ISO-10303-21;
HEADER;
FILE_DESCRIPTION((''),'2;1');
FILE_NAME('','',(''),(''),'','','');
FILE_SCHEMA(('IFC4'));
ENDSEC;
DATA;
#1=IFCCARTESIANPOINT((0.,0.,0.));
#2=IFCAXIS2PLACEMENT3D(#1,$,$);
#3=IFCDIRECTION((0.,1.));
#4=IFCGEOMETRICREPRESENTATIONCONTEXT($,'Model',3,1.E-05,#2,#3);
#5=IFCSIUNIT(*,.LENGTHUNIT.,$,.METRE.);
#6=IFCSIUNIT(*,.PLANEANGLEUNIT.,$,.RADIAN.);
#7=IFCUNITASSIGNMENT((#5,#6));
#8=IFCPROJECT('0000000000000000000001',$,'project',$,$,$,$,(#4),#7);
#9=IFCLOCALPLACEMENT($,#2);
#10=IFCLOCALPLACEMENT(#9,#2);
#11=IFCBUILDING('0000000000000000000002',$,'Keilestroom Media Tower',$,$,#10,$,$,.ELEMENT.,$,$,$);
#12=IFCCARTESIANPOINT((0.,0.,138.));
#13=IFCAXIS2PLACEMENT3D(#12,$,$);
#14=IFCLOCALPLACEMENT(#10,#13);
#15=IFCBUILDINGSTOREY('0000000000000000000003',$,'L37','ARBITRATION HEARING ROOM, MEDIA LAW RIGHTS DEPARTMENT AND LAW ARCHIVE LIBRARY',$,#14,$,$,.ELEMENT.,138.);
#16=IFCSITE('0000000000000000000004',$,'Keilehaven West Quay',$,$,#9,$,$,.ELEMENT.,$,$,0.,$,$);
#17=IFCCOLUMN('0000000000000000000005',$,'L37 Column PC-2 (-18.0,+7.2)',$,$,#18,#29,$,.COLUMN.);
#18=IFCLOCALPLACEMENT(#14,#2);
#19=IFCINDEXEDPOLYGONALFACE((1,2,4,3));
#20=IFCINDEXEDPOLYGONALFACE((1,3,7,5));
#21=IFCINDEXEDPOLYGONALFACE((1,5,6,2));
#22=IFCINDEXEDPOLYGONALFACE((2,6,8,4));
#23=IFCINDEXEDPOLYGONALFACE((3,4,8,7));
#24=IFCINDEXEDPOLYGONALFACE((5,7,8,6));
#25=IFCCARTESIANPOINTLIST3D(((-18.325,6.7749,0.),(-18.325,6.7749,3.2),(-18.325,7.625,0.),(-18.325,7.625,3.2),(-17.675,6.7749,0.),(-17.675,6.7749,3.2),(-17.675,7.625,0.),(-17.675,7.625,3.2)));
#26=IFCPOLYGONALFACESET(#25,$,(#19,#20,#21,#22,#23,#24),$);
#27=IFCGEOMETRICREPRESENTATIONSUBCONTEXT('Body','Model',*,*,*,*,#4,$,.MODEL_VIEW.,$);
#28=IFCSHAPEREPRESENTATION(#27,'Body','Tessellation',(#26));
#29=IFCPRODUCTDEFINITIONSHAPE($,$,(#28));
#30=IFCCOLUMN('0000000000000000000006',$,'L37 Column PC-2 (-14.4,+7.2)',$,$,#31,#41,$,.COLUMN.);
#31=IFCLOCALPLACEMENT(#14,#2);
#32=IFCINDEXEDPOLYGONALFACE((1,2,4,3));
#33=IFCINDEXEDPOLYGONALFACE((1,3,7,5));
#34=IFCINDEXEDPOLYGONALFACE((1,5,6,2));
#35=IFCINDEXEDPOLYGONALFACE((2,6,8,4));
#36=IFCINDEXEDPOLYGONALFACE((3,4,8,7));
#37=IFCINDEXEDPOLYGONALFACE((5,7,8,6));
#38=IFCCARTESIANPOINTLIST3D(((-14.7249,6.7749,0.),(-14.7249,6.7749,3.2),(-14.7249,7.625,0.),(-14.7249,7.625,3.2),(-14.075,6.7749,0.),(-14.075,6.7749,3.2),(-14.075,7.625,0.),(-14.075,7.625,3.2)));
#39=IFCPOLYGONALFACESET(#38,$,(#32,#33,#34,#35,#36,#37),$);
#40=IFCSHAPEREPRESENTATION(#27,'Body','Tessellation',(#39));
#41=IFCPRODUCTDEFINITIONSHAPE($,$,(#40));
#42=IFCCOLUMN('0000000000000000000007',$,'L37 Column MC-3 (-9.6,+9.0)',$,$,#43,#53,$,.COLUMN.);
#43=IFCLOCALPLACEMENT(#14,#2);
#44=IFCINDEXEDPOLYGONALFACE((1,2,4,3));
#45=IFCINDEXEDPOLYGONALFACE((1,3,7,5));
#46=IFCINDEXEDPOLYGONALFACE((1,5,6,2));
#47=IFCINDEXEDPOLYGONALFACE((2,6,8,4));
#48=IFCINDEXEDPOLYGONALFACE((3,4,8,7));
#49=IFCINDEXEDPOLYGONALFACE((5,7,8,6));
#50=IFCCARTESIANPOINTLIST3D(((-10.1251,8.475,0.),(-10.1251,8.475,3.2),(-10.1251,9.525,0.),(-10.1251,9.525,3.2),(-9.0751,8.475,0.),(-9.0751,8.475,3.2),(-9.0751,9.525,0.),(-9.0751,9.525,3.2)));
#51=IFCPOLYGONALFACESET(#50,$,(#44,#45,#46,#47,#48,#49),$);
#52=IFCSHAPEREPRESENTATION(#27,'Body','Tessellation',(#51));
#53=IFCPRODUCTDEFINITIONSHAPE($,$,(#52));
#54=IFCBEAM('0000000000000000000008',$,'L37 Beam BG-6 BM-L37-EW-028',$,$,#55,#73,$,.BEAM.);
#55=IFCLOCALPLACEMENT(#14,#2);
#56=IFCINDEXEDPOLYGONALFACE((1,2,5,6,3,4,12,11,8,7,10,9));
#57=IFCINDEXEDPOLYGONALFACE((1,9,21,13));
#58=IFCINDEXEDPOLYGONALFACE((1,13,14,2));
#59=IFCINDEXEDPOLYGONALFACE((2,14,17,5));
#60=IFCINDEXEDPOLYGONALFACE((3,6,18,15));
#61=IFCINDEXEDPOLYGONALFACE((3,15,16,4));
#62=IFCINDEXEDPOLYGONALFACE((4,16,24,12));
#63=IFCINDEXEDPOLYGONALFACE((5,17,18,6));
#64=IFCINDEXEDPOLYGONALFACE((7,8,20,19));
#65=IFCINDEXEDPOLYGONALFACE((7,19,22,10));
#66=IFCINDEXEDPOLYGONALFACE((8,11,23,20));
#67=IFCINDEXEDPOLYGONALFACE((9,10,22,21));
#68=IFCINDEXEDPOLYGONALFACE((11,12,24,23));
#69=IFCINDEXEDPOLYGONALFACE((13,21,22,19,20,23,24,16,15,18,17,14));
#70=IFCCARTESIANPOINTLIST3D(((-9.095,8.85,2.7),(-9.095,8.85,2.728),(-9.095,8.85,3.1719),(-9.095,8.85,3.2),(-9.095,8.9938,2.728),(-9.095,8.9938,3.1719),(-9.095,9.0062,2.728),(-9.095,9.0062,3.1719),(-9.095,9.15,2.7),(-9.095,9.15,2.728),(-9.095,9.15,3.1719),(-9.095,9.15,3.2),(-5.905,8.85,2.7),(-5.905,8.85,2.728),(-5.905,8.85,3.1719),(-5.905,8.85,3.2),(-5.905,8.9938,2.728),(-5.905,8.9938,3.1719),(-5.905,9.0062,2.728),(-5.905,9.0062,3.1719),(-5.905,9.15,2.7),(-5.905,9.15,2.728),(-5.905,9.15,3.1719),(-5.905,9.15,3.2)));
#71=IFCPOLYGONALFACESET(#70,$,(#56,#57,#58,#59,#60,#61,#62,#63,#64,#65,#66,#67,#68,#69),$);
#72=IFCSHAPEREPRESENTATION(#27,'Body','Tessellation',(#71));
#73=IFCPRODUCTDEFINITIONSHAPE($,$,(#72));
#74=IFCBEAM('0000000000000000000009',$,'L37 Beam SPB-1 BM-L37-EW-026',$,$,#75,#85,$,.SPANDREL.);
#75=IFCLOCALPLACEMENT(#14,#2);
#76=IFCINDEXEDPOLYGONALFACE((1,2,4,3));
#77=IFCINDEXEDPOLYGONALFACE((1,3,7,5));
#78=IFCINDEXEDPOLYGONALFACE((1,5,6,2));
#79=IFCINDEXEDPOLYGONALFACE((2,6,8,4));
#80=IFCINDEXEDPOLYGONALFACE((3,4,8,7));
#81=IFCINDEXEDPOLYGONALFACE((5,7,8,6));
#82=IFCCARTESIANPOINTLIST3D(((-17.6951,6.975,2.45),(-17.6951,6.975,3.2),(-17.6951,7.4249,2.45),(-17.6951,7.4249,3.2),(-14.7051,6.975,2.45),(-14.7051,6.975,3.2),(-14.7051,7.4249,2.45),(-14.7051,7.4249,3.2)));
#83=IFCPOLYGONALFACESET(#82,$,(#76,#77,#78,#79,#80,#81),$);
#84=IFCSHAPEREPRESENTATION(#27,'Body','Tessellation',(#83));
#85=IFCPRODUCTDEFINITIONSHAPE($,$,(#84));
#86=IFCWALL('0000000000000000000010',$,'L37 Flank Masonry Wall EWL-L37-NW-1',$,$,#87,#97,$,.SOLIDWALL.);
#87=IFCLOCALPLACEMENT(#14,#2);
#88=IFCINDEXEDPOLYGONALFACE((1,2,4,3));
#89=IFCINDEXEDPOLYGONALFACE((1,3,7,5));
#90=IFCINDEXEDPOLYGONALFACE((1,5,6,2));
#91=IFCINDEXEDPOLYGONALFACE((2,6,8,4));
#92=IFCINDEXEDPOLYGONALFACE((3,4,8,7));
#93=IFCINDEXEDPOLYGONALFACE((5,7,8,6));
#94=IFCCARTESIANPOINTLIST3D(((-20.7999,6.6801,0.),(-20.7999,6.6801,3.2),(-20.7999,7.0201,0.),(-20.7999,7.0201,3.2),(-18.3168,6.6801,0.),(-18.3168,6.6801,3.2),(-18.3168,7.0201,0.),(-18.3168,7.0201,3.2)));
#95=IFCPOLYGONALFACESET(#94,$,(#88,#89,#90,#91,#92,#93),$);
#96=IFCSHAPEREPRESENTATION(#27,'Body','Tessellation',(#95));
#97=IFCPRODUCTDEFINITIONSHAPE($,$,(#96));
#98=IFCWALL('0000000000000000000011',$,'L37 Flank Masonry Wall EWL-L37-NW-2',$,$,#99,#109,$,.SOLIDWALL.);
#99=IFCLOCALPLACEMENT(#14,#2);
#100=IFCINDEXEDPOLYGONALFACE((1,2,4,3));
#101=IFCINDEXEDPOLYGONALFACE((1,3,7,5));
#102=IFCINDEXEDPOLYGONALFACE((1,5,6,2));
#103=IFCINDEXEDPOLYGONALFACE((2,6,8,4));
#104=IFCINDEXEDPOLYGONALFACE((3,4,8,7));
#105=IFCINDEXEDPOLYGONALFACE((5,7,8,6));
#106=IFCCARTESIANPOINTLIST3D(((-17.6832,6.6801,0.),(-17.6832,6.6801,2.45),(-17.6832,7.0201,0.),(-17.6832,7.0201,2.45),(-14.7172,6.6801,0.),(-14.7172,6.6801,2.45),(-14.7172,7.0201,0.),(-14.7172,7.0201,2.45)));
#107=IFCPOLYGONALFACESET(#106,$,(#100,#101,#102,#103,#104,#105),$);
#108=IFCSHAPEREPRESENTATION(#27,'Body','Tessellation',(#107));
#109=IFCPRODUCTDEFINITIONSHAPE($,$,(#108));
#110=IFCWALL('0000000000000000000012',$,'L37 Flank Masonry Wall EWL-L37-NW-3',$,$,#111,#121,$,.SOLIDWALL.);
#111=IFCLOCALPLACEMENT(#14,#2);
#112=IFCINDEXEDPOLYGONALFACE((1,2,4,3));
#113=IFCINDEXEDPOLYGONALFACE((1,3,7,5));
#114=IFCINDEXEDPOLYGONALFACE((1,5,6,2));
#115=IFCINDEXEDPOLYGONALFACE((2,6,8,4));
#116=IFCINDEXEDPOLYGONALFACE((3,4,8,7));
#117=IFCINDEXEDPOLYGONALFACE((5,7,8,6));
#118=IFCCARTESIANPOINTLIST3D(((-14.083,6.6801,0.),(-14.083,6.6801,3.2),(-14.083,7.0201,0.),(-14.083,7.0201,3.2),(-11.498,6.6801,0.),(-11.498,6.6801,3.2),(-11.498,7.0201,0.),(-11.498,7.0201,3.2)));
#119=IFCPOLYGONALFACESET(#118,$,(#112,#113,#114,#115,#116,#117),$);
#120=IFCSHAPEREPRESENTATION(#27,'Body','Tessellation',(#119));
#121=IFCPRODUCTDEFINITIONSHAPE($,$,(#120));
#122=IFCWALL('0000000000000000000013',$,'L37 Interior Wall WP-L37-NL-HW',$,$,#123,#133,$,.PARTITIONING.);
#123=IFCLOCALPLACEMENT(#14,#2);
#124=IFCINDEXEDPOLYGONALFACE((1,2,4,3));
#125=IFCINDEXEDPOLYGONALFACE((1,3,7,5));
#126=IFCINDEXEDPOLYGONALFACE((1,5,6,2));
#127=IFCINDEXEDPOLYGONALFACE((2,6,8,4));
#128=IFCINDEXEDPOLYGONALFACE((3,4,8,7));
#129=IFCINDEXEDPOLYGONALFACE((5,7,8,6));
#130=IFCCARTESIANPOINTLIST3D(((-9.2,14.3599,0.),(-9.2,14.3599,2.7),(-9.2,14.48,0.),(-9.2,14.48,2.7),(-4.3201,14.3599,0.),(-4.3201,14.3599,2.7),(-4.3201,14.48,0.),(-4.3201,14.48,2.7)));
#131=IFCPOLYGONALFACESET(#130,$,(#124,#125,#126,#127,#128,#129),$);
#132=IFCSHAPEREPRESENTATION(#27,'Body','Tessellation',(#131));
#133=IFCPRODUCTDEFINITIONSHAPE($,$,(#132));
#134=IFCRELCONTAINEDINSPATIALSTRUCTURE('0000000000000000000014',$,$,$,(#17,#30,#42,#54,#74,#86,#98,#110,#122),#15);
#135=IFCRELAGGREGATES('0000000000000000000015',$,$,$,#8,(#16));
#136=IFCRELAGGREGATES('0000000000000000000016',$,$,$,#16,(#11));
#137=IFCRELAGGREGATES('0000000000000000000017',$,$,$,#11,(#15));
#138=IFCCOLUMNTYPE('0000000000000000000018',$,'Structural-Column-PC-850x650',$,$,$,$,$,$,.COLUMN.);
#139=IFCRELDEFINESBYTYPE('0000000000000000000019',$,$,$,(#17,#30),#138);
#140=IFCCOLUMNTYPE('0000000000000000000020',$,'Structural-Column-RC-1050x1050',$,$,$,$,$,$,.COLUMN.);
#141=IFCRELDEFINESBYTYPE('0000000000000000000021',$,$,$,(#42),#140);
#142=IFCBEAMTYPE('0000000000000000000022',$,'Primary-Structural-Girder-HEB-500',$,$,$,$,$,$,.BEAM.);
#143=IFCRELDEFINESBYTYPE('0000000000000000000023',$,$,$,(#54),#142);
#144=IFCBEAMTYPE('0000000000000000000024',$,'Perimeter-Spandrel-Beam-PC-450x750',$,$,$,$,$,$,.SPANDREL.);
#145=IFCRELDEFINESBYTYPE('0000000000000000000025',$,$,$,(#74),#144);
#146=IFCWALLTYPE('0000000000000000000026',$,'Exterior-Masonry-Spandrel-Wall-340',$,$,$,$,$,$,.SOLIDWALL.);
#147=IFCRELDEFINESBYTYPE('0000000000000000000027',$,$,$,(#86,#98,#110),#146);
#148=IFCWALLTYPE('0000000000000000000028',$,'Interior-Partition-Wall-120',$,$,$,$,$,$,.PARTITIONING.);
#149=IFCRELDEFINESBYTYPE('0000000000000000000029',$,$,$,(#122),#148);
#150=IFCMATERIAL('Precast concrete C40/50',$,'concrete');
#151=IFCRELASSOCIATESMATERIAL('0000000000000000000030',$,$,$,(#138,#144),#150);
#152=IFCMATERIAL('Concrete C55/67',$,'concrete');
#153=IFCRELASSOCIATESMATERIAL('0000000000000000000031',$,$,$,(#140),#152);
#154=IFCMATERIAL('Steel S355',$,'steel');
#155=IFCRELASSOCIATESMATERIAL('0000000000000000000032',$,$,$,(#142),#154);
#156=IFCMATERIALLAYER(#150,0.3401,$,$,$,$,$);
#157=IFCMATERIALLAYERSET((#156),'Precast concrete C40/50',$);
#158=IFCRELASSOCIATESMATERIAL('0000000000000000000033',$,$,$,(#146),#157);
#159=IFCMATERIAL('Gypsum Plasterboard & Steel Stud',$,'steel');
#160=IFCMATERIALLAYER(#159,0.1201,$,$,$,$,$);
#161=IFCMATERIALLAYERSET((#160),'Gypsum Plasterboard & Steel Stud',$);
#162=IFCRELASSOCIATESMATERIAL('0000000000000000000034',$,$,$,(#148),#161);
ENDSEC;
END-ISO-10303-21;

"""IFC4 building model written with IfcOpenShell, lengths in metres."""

from ifc_helpers import new_model, si_unit, direction, frame, frame_2d, origin, origin_2d, place, context, subcontext, project, spatial, rectangle, i_section, extrude, source, transform, mapped, material, layer, layer_set, material_profile, profile_set, type_object, element, save


model = new_model("IFC4")

# Units and contexts
model_context = context("Model", 3, precision=1e-05, world=origin(), true_north=direction((0.0, 1.0)))
body_context = subcontext(model_context, "Body", "Model", "MODEL_VIEW")
ifc_project = project(units=[si_unit("LENGTHUNIT", "METRE"), si_unit("PLANEANGLEUNIT", "RADIAN")], contexts=[model_context])

# Site, building, storey
site_placement = place(None, origin())
site = spatial("IfcSite", under=ifc_project, at=site_placement, Name="Keilehaven West Quay", CompositionType="ELEMENT", RefElevation=0.0)
building_placement = place(site_placement, origin())
building = spatial("IfcBuilding", under=site, at=building_placement, Name="Keilestroom Media Tower", CompositionType="ELEMENT")
storey_placement = place(building_placement, frame((0.0, 0.0, 138.0)))
storey = spatial("IfcBuildingStorey", under=building, at=storey_placement, Name="L37", Description="ARBITRATION HEARING ROOM, MEDIA LAW RIGHTS DEPARTMENT AND LAW ARCHIVE LIBRARY", CompositionType="ELEMENT", Elevation=138.0)

# Columns
ifc_material_1 = material(Name="Precast concrete C40/50", Category="concrete")
ifc_material_profile_1 = material_profile(ifc_material_1, rectangle(XDim=0.6499, YDim=0.8501, at=origin_2d()), Name="PC 850x650")
ifc_profile_set_1 = profile_set([ifc_material_profile_1], Name="Precast concrete C40/50")
column_type_1 = type_object("IfcColumnType", Name="Structural-Column-PC-850x650", PredefinedType="COLUMN", material=ifc_profile_set_1)
shared_shape_1 = source(origin(), body_context, "Body", "SweptSolid", [
    extrude(rectangle(XDim=0.6499, YDim=0.8501, at=origin_2d()), origin(), (0.0, 0.0, 1.0), 3.2),
])
for number, where, z_axis, x_axis, name in (
    (1, (-18.0, 7.2, 0.0), (0.0, 0.0, 1.0), (1.0, 0.0, 0.0), "L37 Column PC-2 (-18.0,+7.2)"),
    (2, (-14.3999, 7.2, 0.0), (0.0, 0.0, 1.0), (1.0, 0.0, 0.0), "L37 Column PC-2 (-14.4,+7.2)"),
):
    element("IfcColumn", number, at=place(storey_placement, frame(where, z_axis=z_axis, x_axis=x_axis)), inside=storey, type_object=column_type_1, Name=name, PredefinedType="COLUMN", context=body_context, shape_type="MappedRepresentation", body=[
        mapped(shared_shape_1, transform((0.0, 0.0, 0.0), x_axis=(1.0, 0.0, 0.0), y_axis=(0.0, 1.0, 0.0), z_axis=(0.0, 0.0, 1.0), scale=1.0)),
    ])
ifc_material_2 = material(Name="Concrete C55/67", Category="concrete")
ifc_material_profile_2 = material_profile(ifc_material_2, rectangle(XDim=1.05, YDim=1.05, at=origin_2d()), Name="RC 1050x1050")
ifc_profile_set_2 = profile_set([ifc_material_profile_2], Name="Concrete C55/67")
column_type_2 = type_object("IfcColumnType", Name="Structural-Column-RC-1050x1050", PredefinedType="COLUMN", material=ifc_profile_set_2)
shared_shape_2 = source(origin(), body_context, "Body", "SweptSolid", [
    extrude(rectangle(XDim=1.05, YDim=1.05, at=origin_2d()), origin(), (0.0, 0.0, 1.0), 3.2),
])
column_placement = place(storey_placement, frame((-9.6001, 9.0, 0.0), z_axis=(0.0, 0.0, 1.0), x_axis=(1.0, 0.0, 0.0)))
element("IfcColumn", 3, at=column_placement, inside=storey, type_object=column_type_2, Name="L37 Column MC-3 (-9.6,+9.0)", PredefinedType="COLUMN", context=body_context, shape_type="MappedRepresentation", body=[
    mapped(shared_shape_2, transform((0.0, 0.0, 0.0), x_axis=(1.0, 0.0, 0.0), y_axis=(0.0, 1.0, 0.0), z_axis=(0.0, 0.0, 1.0), scale=1.0)),
])

# Beams
ifc_material_3 = material(Name="Steel S355", Category="steel")
ifc_material_profile_3 = material_profile(ifc_material_3, i_section(OverallWidth=0.3, OverallDepth=0.5, WebThickness=0.0125, FlangeThickness=0.0281, at=origin_2d()), Name="HEB 500")
ifc_profile_set_3 = profile_set([ifc_material_profile_3], Name="Steel S355")
beam_type_1 = type_object("IfcBeamType", Name="Primary-Structural-Girder-HEB-500", PredefinedType="BEAM", material=ifc_profile_set_3)
shared_shape_3 = source(origin(), body_context, "Body", "SweptSolid", [
    extrude(i_section(OverallWidth=0.3, OverallDepth=0.5, WebThickness=0.0125, FlangeThickness=0.0281, at=origin_2d()), origin(), (0.0, 0.0, 1.0), 3.1899),
])
beam_1_placement = place(storey_placement, frame((-9.095, 9.0, 2.95), z_axis=(1.0, 0.0, 0.0), x_axis=(0.0, 1.0, 0.0)))
element("IfcBeam", 4, at=beam_1_placement, inside=storey, type_object=beam_type_1, Name="L37 Beam BG-6 BM-L37-EW-028", PredefinedType="BEAM", context=body_context, shape_type="MappedRepresentation", body=[
    mapped(shared_shape_3, transform((0.0, 0.0, 0.0), x_axis=(1.0, 0.0, 0.0), y_axis=(0.0, 1.0, 0.0), z_axis=(0.0, 0.0, 1.0), scale=1.0)),
])
ifc_material_profile_4 = material_profile(ifc_material_1, rectangle(XDim=0.45, YDim=0.75, at=origin_2d()), Name="PC 450x750")
ifc_profile_set_4 = profile_set([ifc_material_profile_4], Name="Precast concrete C40/50")
beam_type_2 = type_object("IfcBeamType", Name="Perimeter-Spandrel-Beam-PC-450x750", PredefinedType="SPANDREL", material=ifc_profile_set_4)
shared_shape_4 = source(origin(), body_context, "Body", "SweptSolid", [
    extrude(rectangle(XDim=0.45, YDim=0.75, at=origin_2d()), origin(), (0.0, 0.0, 1.0), 2.99),
])
beam_2_placement = place(storey_placement, frame((-17.6951, 7.2, 2.825), z_axis=(1.0, 0.0, 0.0), x_axis=(0.0, 1.0, 0.0)))
element("IfcBeam", 5, at=beam_2_placement, inside=storey, type_object=beam_type_2, Name="L37 Beam SPB-1 BM-L37-EW-026", PredefinedType="SPANDREL", context=body_context, shape_type="MappedRepresentation", body=[
    mapped(shared_shape_4, transform((0.0, 0.0, 0.0), x_axis=(1.0, 0.0, 0.0), y_axis=(0.0, 1.0, 0.0), z_axis=(0.0, 0.0, 1.0), scale=1.0)),
])

# Walls
ifc_layer_1 = layer(ifc_material_1, 0.3401)
ifc_layer_set_1 = layer_set([ifc_layer_1], Name="Precast concrete C40/50")
wall_type_1 = type_object("IfcWallType", Name="Exterior-Masonry-Spandrel-Wall-340", PredefinedType="SOLIDWALL", material=ifc_layer_set_1)
wall_1_placement = place(storey_placement, frame((-20.8, 6.8501, 0.0), z_axis=(0.0, 0.0, 1.0), x_axis=(1.0, 0.0, 0.0)))
element("IfcWall", 6, at=wall_1_placement, inside=storey, type_object=wall_type_1, Name="L37 Flank Masonry Wall EWL-L37-NW-1", PredefinedType="SOLIDWALL", context=body_context, shape_type="SweptSolid", body=[
    extrude(rectangle(XDim=2.4832, YDim=0.3401, at=frame_2d((1.2417, 0.0))), origin(), (0.0, 0.0, 1.0), 3.2),
])
wall_2_placement = place(storey_placement, frame((-17.6831, 6.8501, 0.0), z_axis=(0.0, 0.0, 1.0), x_axis=(1.0, 0.0, 0.0)))
element("IfcWall", 7, at=wall_2_placement, inside=storey, type_object=wall_type_1, Name="L37 Flank Masonry Wall EWL-L37-NW-2", PredefinedType="SOLIDWALL", context=body_context, shape_type="SweptSolid", body=[
    extrude(rectangle(XDim=2.9661, YDim=0.3401, at=frame_2d((1.4829, 0.0))), origin(), (0.0, 0.0, 1.0), 2.45),
])
wall_3_placement = place(storey_placement, frame((-14.083, 6.8501, 0.0), z_axis=(0.0, 0.0, 1.0), x_axis=(1.0, 0.0, 0.0)))
element("IfcWall", 8, at=wall_3_placement, inside=storey, type_object=wall_type_1, Name="L37 Flank Masonry Wall EWL-L37-NW-3", PredefinedType="SOLIDWALL", context=body_context, shape_type="SweptSolid", body=[
    extrude(rectangle(XDim=2.585, YDim=0.3401, at=frame_2d((1.2925, 0.0))), origin(), (0.0, 0.0, 1.0), 3.2),
])
ifc_material_4 = material(Name="Gypsum Plasterboard & Steel Stud", Category="steel")
ifc_layer_2 = layer(ifc_material_4, 0.1201)
ifc_layer_set_2 = layer_set([ifc_layer_2], Name="Gypsum Plasterboard & Steel Stud")
wall_type_2 = type_object("IfcWallType", Name="Interior-Partition-Wall-120", PredefinedType="PARTITIONING", material=ifc_layer_set_2)
wall_4_placement = place(storey_placement, frame((-9.2, 14.4199, 0.0), z_axis=(0.0, 0.0, 1.0), x_axis=(1.0, 0.0, 0.0)))
element("IfcWall", 9, at=wall_4_placement, inside=storey, type_object=wall_type_2, Name="L37 Interior Wall WP-L37-NL-HW", PredefinedType="PARTITIONING", context=body_context, shape_type="SweptSolid", body=[
    extrude(rectangle(XDim=4.8799, YDim=0.1201, at=frame_2d((2.4399, 0.0))), origin(), (0.0, 0.0, 1.0), 2.7),
])

save(model, "model.ifc")
